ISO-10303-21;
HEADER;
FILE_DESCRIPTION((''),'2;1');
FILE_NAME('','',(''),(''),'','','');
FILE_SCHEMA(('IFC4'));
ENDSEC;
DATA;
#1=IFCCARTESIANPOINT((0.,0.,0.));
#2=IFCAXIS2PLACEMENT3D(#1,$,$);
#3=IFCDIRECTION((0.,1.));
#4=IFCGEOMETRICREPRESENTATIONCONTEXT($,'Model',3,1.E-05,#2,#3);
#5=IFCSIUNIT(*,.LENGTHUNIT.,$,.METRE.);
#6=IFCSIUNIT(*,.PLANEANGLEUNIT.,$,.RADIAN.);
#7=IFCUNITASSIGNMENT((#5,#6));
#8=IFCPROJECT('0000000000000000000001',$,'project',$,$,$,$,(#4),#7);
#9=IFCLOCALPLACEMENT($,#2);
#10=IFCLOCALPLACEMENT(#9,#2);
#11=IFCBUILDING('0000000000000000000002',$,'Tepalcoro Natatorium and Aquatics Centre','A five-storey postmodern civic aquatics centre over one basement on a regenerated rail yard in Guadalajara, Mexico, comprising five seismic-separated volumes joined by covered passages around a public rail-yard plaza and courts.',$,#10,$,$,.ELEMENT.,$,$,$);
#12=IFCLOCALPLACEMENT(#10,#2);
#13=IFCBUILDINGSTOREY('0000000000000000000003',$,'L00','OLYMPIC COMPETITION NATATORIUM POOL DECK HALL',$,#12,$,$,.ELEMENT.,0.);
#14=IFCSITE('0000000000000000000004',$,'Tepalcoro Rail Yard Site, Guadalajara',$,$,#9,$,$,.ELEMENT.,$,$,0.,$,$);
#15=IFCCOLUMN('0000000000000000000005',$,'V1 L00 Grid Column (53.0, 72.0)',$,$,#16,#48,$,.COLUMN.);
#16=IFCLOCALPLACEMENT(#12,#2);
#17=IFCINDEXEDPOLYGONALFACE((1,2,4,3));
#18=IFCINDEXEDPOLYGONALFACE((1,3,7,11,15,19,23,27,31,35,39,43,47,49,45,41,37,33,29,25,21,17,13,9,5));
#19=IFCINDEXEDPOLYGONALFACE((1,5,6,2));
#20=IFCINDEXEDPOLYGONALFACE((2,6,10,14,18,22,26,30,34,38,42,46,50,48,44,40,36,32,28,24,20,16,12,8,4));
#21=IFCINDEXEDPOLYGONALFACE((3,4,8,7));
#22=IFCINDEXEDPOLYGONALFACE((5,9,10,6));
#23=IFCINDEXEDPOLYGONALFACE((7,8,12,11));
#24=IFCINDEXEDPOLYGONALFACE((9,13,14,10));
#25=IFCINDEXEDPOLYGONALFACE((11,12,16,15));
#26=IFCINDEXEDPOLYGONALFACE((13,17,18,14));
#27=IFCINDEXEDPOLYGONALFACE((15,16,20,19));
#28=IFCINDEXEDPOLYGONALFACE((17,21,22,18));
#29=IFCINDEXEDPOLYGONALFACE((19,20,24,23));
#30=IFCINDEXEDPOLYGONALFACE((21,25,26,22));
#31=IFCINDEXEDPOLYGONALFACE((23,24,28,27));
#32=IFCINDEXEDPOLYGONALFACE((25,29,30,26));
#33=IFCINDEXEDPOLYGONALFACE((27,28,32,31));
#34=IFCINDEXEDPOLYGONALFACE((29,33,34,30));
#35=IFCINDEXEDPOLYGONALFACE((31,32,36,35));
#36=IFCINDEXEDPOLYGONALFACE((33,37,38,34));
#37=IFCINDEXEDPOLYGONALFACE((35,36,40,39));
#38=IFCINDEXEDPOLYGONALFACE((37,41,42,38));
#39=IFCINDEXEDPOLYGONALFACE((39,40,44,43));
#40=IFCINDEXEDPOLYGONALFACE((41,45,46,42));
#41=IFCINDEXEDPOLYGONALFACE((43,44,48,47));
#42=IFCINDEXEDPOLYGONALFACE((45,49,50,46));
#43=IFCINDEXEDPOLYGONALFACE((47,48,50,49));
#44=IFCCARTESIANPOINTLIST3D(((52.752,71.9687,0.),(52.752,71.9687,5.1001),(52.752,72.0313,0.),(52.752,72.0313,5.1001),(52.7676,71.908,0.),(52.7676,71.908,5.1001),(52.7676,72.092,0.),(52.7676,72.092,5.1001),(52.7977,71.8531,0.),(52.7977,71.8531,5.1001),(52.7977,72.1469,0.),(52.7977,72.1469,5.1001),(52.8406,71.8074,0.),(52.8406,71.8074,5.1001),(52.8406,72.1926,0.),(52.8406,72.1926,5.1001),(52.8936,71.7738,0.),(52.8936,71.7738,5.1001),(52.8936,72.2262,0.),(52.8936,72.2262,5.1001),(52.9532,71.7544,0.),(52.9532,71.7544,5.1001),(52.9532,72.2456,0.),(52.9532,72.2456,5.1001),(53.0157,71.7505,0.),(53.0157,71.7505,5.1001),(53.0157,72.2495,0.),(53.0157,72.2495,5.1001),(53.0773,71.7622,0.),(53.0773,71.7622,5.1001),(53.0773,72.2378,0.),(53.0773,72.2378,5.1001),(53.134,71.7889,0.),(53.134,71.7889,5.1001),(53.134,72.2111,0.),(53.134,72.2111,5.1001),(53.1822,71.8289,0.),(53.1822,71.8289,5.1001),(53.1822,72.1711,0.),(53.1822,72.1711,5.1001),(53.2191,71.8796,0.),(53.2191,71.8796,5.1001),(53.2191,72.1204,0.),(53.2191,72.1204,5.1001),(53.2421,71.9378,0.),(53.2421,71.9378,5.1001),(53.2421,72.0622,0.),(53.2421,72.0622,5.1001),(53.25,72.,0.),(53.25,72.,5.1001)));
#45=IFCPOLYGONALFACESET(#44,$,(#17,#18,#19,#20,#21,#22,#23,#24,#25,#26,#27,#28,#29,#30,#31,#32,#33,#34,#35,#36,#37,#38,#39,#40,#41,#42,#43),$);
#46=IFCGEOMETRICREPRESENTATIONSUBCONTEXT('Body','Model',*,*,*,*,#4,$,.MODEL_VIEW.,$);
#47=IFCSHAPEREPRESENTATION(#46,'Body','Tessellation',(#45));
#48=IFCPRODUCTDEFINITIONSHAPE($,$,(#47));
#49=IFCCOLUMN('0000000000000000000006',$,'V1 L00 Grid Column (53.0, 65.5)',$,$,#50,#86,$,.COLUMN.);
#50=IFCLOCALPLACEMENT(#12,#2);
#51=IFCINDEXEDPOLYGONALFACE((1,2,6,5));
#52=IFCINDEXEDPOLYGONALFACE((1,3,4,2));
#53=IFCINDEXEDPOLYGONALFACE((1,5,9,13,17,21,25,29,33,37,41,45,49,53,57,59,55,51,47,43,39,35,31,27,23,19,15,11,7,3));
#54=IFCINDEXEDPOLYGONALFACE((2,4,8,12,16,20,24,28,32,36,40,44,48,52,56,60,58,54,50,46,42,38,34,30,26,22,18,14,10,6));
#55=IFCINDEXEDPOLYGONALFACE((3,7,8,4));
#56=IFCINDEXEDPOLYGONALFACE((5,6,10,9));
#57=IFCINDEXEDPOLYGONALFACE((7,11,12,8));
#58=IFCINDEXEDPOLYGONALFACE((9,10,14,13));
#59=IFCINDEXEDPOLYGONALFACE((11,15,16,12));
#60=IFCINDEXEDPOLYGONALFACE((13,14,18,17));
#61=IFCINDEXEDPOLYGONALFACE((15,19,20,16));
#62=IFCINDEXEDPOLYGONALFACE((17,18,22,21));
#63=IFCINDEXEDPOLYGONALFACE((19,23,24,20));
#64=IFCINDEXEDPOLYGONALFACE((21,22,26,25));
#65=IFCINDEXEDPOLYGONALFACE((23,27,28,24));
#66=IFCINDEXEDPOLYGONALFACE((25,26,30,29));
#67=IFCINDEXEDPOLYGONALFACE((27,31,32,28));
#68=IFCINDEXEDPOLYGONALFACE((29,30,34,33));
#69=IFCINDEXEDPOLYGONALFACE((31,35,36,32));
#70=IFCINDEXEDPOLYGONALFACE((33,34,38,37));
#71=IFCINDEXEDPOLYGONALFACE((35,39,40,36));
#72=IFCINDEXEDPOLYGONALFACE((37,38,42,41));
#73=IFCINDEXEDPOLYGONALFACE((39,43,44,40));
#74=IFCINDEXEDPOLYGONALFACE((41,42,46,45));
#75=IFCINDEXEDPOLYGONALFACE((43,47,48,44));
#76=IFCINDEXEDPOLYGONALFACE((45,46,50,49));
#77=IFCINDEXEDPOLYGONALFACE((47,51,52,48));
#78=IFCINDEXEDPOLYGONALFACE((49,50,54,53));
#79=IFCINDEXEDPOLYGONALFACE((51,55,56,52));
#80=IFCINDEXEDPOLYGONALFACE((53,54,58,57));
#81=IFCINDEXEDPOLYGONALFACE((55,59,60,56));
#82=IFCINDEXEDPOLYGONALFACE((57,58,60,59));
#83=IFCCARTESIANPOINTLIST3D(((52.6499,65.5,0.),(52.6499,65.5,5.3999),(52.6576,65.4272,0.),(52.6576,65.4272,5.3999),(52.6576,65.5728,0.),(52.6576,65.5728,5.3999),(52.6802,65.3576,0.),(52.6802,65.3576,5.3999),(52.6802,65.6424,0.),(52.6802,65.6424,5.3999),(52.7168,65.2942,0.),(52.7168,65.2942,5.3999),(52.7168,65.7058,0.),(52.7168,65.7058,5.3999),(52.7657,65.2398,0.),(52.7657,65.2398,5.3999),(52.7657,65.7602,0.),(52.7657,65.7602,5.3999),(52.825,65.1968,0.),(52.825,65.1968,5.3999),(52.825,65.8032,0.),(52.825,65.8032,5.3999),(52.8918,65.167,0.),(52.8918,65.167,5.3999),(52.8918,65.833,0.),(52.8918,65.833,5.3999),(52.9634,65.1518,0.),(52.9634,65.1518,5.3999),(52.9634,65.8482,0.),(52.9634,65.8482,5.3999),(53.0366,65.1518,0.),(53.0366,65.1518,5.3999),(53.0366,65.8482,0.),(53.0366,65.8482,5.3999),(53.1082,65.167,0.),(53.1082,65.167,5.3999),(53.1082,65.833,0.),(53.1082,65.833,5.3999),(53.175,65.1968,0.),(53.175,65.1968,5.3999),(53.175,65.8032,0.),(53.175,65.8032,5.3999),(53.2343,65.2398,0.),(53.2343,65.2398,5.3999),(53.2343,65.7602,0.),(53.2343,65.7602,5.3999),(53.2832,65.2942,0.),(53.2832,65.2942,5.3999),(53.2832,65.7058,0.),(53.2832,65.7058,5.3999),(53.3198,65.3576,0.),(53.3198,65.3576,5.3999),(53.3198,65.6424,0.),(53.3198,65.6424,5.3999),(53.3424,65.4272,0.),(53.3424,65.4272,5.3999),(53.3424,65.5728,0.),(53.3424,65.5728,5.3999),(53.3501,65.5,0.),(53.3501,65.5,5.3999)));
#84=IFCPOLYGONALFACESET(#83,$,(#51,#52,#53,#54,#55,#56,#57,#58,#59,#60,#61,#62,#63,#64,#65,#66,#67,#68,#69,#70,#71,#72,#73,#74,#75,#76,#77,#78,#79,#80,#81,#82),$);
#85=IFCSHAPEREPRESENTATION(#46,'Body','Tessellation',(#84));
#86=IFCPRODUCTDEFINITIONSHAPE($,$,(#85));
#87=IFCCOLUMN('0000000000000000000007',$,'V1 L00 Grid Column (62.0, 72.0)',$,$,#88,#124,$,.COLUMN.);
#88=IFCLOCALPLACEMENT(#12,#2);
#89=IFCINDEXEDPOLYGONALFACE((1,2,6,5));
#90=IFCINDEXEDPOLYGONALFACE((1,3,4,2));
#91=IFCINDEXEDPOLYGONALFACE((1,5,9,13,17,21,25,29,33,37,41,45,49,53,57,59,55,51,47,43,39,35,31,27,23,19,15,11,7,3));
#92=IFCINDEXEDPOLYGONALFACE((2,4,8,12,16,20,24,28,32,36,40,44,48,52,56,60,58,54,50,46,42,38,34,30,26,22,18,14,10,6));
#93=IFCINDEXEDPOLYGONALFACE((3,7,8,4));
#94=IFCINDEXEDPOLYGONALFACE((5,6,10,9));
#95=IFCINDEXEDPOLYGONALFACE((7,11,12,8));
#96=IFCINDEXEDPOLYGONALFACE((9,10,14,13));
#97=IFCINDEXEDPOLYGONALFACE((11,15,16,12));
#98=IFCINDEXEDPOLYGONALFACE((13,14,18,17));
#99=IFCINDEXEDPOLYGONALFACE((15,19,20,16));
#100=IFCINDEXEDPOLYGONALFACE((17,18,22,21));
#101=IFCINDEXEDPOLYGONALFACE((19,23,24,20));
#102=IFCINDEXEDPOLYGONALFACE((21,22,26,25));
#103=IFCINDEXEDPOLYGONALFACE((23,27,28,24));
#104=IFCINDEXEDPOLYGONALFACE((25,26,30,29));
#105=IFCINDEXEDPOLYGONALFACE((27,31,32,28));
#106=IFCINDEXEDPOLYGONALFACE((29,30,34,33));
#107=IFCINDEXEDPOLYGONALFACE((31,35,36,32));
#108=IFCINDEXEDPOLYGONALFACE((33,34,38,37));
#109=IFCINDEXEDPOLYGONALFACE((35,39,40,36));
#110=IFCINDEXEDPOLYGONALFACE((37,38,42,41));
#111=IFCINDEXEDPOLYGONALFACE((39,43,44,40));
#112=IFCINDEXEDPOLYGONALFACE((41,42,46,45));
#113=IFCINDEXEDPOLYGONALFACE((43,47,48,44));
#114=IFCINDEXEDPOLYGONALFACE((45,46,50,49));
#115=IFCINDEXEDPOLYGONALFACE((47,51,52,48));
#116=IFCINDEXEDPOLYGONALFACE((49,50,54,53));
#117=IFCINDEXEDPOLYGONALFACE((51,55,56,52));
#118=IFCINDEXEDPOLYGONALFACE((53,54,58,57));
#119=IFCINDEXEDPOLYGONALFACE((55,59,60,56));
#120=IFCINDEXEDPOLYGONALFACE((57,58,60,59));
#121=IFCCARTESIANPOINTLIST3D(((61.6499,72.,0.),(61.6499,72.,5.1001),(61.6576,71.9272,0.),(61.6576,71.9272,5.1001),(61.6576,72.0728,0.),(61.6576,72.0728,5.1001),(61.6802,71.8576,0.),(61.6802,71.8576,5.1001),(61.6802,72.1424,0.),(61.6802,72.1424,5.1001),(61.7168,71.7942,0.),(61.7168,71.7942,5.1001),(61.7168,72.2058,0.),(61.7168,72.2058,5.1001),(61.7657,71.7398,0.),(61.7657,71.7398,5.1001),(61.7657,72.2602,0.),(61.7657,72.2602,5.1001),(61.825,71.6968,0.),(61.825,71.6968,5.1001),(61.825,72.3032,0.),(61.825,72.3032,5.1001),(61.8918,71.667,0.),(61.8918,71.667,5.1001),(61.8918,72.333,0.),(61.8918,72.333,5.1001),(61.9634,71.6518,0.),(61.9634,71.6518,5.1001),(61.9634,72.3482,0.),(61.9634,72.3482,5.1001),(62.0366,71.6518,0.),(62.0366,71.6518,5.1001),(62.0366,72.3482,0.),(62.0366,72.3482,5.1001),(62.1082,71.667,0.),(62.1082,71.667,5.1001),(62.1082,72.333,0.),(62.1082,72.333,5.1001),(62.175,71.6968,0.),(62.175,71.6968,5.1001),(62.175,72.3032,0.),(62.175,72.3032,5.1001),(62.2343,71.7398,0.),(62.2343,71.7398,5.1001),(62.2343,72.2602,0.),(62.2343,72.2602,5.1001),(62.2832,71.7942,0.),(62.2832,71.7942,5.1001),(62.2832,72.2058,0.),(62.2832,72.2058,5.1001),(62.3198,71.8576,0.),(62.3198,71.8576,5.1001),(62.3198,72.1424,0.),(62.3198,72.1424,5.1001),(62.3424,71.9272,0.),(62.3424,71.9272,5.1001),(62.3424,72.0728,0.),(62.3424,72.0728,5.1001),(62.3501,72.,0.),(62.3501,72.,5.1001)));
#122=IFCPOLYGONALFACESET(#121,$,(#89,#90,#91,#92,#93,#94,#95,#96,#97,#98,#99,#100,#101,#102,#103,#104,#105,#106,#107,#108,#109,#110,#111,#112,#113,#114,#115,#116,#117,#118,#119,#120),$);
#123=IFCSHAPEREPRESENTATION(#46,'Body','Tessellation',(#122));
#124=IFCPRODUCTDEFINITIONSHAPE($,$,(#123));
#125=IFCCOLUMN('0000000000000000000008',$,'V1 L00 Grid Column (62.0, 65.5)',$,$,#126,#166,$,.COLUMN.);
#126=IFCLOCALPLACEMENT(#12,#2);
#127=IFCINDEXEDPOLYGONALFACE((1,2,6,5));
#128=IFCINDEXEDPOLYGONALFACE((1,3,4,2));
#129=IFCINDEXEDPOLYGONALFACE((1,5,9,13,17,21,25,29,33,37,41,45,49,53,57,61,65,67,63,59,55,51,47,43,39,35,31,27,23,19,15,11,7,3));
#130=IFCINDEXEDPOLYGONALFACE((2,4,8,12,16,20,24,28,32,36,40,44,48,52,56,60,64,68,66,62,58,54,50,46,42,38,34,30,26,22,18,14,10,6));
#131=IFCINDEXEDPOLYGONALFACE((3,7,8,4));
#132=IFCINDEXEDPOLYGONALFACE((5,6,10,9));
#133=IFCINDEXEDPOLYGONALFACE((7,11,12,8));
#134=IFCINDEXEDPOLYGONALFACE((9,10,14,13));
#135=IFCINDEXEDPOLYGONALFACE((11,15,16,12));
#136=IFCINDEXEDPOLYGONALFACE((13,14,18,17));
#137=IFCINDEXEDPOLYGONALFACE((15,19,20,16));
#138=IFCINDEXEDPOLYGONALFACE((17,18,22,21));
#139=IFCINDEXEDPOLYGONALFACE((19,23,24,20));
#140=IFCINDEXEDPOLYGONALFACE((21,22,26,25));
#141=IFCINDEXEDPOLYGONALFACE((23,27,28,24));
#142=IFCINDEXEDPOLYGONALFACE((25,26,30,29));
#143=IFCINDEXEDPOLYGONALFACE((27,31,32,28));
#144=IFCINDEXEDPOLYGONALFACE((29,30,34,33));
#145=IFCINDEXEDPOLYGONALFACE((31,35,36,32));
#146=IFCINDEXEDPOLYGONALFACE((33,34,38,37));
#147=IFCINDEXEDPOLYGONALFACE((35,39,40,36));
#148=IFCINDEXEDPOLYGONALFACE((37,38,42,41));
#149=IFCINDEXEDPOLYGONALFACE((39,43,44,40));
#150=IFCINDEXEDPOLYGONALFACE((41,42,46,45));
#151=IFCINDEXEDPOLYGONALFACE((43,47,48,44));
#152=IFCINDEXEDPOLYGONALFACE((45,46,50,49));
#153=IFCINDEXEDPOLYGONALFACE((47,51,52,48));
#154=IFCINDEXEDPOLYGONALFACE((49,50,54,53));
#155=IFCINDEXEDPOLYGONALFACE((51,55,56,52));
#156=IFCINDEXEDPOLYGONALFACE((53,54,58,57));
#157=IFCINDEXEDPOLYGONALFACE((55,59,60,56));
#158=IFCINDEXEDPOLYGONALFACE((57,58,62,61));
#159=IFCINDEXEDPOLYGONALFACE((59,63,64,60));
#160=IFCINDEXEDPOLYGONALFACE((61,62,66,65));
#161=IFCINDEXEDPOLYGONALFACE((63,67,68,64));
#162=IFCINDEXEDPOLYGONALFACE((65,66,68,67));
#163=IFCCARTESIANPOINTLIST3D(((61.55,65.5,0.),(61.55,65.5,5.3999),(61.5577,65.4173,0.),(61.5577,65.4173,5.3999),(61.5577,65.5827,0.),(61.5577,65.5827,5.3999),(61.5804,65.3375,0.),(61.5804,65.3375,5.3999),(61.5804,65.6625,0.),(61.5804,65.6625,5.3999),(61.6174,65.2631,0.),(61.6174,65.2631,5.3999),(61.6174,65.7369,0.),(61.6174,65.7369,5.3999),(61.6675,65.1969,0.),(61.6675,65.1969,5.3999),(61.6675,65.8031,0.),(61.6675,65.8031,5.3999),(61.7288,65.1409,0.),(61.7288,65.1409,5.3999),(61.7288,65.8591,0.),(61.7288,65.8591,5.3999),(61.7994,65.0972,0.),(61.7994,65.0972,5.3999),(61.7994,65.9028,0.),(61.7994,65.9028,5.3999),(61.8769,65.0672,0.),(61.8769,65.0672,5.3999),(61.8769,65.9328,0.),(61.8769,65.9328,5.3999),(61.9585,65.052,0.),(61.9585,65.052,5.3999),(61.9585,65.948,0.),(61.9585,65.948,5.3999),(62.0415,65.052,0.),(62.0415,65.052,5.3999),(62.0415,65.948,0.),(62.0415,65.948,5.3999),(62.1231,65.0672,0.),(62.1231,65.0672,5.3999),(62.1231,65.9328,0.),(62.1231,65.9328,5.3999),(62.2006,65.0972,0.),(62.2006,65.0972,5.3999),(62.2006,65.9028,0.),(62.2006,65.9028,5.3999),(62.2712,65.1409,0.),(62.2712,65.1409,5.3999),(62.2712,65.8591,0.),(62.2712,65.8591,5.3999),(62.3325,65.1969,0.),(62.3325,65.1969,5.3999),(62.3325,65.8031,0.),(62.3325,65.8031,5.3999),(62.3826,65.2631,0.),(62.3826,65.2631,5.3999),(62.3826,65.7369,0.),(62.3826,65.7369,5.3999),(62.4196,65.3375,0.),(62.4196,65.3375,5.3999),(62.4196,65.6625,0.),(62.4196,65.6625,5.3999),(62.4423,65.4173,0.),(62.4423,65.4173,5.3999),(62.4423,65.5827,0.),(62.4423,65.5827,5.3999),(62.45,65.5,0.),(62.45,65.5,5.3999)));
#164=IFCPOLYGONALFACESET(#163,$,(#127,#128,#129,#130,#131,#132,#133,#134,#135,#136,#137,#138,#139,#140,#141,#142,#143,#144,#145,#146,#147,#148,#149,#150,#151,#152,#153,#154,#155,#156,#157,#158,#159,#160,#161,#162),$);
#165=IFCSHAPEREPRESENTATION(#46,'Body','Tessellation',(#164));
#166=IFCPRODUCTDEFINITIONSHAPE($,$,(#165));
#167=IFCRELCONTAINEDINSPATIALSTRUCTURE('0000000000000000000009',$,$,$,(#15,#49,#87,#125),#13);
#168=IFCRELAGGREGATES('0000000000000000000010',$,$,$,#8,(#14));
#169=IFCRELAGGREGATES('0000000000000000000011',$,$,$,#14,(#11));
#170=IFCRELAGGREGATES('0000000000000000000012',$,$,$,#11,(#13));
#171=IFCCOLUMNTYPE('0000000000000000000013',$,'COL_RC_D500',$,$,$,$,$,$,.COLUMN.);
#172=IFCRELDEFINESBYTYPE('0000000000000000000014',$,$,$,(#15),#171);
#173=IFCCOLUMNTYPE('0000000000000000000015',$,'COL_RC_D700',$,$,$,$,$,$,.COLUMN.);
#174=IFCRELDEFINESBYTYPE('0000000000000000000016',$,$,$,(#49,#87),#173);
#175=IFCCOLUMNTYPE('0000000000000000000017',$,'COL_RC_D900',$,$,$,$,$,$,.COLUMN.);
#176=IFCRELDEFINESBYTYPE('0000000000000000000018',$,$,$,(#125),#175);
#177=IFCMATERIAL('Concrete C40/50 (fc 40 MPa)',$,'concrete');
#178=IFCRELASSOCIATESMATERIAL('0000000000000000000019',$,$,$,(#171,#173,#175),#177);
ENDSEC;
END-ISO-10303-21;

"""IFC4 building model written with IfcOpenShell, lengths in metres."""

from ifc_helpers import new_model, si_unit, direction, frame, origin, origin_2d, place, context, subcontext, project, spatial, circle, extrude, material, material_profile, profile_set, type_object, element, save


model = new_model("IFC4")

# Units and contexts
model_context = context("Model", 3, precision=1e-05, world=origin(), true_north=direction((0.0, 1.0)))
body_context = subcontext(model_context, "Body", "Model", "MODEL_VIEW")
ifc_project = project(units=[si_unit("LENGTHUNIT", "METRE"), si_unit("PLANEANGLEUNIT", "RADIAN")], contexts=[model_context])

# Site, building, storey
site_placement = place(None, origin())
site = spatial("IfcSite", under=ifc_project, at=site_placement, Name="Tepalcoro Rail Yard Site, Guadalajara", CompositionType="ELEMENT", RefElevation=0.0)
building_placement = place(site_placement, origin())
building = spatial("IfcBuilding", under=site, at=building_placement, Name="Tepalcoro Natatorium and Aquatics Centre", Description="A five-storey postmodern civic aquatics centre over one basement on a regenerated rail yard in Guadalajara, Mexico, comprising five seismic-separated volumes joined by covered passages around a public rail-yard plaza and courts.", CompositionType="ELEMENT")
storey_placement = place(building_placement, origin())
storey = spatial("IfcBuildingStorey", under=building, at=storey_placement, Name="L00", Description="OLYMPIC COMPETITION NATATORIUM POOL DECK HALL", CompositionType="ELEMENT", Elevation=0.0)

# Columns
ifc_material_1 = material(Name="Concrete C40/50 (fc 40 MPa)", Category="concrete")
ifc_material_profile_1 = material_profile(ifc_material_1, circle(Radius=0.25, at=origin_2d()), Name="RCD500")
ifc_profile_set_1 = profile_set([ifc_material_profile_1], Name="Concrete C40/50 (fc 40 MPa)")
column_type_1 = type_object("IfcColumnType", Name="COL_RC_D500", PredefinedType="COLUMN", material=ifc_profile_set_1)
column_1_placement = place(storey_placement, frame((53.0, 72.0, 0.0), z_axis=(0.0, 0.0, 1.0), x_axis=(1.0, 0.0, 0.0)))
element("IfcColumn", 1, at=column_1_placement, inside=storey, type_object=column_type_1, Name="V1 L00 Grid Column (53.0, 72.0)", PredefinedType="COLUMN", context=body_context, shape_type="SweptSolid", body=[
    extrude(circle(Radius=0.25, at=origin_2d()), origin(), (0.0, 0.0, 1.0), 5.1001),
])
ifc_material_profile_2 = material_profile(ifc_material_1, circle(Radius=0.3501, at=origin_2d()), Name="RCD700")
ifc_profile_set_2 = profile_set([ifc_material_profile_2], Name="Concrete C40/50 (fc 40 MPa)")
column_type_2 = type_object("IfcColumnType", Name="COL_RC_D700", PredefinedType="COLUMN", material=ifc_profile_set_2)
column_2_placement = place(storey_placement, frame((53.0, 65.5, 0.0), z_axis=(0.0, 0.0, 1.0), x_axis=(1.0, 0.0, 0.0)))
element("IfcColumn", 2, at=column_2_placement, inside=storey, type_object=column_type_2, Name="V1 L00 Grid Column (53.0, 65.5)", PredefinedType="COLUMN", context=body_context, shape_type="SweptSolid", body=[
    extrude(circle(Radius=0.3501, at=origin_2d()), origin(), (0.0, 0.0, 1.0), 5.3999),
])
column_3_placement = place(storey_placement, frame((62.0, 72.0, 0.0), z_axis=(0.0, 0.0, 1.0), x_axis=(1.0, 0.0, 0.0)))
element("IfcColumn", 3, at=column_3_placement, inside=storey, type_object=column_type_2, Name="V1 L00 Grid Column (62.0, 72.0)", PredefinedType="COLUMN", context=body_context, shape_type="SweptSolid", body=[
    extrude(circle(Radius=0.3501, at=origin_2d()), origin(), (0.0, 0.0, 1.0), 5.1001),
])
ifc_material_profile_3 = material_profile(ifc_material_1, circle(Radius=0.45, at=origin_2d()), Name="RCD900")
ifc_profile_set_3 = profile_set([ifc_material_profile_3], Name="Concrete C40/50 (fc 40 MPa)")
column_type_3 = type_object("IfcColumnType", Name="COL_RC_D900", PredefinedType="COLUMN", material=ifc_profile_set_3)
column_4_placement = place(storey_placement, frame((62.0, 65.5, 0.0), z_axis=(0.0, 0.0, 1.0), x_axis=(1.0, 0.0, 0.0)))
element("IfcColumn", 4, at=column_4_placement, inside=storey, type_object=column_type_3, Name="V1 L00 Grid Column (62.0, 65.5)", PredefinedType="COLUMN", context=body_context, shape_type="SweptSolid", body=[
    extrude(circle(Radius=0.45, at=origin_2d()), origin(), (0.0, 0.0, 1.0), 5.3999),
])

save(model, "model.ifc")
